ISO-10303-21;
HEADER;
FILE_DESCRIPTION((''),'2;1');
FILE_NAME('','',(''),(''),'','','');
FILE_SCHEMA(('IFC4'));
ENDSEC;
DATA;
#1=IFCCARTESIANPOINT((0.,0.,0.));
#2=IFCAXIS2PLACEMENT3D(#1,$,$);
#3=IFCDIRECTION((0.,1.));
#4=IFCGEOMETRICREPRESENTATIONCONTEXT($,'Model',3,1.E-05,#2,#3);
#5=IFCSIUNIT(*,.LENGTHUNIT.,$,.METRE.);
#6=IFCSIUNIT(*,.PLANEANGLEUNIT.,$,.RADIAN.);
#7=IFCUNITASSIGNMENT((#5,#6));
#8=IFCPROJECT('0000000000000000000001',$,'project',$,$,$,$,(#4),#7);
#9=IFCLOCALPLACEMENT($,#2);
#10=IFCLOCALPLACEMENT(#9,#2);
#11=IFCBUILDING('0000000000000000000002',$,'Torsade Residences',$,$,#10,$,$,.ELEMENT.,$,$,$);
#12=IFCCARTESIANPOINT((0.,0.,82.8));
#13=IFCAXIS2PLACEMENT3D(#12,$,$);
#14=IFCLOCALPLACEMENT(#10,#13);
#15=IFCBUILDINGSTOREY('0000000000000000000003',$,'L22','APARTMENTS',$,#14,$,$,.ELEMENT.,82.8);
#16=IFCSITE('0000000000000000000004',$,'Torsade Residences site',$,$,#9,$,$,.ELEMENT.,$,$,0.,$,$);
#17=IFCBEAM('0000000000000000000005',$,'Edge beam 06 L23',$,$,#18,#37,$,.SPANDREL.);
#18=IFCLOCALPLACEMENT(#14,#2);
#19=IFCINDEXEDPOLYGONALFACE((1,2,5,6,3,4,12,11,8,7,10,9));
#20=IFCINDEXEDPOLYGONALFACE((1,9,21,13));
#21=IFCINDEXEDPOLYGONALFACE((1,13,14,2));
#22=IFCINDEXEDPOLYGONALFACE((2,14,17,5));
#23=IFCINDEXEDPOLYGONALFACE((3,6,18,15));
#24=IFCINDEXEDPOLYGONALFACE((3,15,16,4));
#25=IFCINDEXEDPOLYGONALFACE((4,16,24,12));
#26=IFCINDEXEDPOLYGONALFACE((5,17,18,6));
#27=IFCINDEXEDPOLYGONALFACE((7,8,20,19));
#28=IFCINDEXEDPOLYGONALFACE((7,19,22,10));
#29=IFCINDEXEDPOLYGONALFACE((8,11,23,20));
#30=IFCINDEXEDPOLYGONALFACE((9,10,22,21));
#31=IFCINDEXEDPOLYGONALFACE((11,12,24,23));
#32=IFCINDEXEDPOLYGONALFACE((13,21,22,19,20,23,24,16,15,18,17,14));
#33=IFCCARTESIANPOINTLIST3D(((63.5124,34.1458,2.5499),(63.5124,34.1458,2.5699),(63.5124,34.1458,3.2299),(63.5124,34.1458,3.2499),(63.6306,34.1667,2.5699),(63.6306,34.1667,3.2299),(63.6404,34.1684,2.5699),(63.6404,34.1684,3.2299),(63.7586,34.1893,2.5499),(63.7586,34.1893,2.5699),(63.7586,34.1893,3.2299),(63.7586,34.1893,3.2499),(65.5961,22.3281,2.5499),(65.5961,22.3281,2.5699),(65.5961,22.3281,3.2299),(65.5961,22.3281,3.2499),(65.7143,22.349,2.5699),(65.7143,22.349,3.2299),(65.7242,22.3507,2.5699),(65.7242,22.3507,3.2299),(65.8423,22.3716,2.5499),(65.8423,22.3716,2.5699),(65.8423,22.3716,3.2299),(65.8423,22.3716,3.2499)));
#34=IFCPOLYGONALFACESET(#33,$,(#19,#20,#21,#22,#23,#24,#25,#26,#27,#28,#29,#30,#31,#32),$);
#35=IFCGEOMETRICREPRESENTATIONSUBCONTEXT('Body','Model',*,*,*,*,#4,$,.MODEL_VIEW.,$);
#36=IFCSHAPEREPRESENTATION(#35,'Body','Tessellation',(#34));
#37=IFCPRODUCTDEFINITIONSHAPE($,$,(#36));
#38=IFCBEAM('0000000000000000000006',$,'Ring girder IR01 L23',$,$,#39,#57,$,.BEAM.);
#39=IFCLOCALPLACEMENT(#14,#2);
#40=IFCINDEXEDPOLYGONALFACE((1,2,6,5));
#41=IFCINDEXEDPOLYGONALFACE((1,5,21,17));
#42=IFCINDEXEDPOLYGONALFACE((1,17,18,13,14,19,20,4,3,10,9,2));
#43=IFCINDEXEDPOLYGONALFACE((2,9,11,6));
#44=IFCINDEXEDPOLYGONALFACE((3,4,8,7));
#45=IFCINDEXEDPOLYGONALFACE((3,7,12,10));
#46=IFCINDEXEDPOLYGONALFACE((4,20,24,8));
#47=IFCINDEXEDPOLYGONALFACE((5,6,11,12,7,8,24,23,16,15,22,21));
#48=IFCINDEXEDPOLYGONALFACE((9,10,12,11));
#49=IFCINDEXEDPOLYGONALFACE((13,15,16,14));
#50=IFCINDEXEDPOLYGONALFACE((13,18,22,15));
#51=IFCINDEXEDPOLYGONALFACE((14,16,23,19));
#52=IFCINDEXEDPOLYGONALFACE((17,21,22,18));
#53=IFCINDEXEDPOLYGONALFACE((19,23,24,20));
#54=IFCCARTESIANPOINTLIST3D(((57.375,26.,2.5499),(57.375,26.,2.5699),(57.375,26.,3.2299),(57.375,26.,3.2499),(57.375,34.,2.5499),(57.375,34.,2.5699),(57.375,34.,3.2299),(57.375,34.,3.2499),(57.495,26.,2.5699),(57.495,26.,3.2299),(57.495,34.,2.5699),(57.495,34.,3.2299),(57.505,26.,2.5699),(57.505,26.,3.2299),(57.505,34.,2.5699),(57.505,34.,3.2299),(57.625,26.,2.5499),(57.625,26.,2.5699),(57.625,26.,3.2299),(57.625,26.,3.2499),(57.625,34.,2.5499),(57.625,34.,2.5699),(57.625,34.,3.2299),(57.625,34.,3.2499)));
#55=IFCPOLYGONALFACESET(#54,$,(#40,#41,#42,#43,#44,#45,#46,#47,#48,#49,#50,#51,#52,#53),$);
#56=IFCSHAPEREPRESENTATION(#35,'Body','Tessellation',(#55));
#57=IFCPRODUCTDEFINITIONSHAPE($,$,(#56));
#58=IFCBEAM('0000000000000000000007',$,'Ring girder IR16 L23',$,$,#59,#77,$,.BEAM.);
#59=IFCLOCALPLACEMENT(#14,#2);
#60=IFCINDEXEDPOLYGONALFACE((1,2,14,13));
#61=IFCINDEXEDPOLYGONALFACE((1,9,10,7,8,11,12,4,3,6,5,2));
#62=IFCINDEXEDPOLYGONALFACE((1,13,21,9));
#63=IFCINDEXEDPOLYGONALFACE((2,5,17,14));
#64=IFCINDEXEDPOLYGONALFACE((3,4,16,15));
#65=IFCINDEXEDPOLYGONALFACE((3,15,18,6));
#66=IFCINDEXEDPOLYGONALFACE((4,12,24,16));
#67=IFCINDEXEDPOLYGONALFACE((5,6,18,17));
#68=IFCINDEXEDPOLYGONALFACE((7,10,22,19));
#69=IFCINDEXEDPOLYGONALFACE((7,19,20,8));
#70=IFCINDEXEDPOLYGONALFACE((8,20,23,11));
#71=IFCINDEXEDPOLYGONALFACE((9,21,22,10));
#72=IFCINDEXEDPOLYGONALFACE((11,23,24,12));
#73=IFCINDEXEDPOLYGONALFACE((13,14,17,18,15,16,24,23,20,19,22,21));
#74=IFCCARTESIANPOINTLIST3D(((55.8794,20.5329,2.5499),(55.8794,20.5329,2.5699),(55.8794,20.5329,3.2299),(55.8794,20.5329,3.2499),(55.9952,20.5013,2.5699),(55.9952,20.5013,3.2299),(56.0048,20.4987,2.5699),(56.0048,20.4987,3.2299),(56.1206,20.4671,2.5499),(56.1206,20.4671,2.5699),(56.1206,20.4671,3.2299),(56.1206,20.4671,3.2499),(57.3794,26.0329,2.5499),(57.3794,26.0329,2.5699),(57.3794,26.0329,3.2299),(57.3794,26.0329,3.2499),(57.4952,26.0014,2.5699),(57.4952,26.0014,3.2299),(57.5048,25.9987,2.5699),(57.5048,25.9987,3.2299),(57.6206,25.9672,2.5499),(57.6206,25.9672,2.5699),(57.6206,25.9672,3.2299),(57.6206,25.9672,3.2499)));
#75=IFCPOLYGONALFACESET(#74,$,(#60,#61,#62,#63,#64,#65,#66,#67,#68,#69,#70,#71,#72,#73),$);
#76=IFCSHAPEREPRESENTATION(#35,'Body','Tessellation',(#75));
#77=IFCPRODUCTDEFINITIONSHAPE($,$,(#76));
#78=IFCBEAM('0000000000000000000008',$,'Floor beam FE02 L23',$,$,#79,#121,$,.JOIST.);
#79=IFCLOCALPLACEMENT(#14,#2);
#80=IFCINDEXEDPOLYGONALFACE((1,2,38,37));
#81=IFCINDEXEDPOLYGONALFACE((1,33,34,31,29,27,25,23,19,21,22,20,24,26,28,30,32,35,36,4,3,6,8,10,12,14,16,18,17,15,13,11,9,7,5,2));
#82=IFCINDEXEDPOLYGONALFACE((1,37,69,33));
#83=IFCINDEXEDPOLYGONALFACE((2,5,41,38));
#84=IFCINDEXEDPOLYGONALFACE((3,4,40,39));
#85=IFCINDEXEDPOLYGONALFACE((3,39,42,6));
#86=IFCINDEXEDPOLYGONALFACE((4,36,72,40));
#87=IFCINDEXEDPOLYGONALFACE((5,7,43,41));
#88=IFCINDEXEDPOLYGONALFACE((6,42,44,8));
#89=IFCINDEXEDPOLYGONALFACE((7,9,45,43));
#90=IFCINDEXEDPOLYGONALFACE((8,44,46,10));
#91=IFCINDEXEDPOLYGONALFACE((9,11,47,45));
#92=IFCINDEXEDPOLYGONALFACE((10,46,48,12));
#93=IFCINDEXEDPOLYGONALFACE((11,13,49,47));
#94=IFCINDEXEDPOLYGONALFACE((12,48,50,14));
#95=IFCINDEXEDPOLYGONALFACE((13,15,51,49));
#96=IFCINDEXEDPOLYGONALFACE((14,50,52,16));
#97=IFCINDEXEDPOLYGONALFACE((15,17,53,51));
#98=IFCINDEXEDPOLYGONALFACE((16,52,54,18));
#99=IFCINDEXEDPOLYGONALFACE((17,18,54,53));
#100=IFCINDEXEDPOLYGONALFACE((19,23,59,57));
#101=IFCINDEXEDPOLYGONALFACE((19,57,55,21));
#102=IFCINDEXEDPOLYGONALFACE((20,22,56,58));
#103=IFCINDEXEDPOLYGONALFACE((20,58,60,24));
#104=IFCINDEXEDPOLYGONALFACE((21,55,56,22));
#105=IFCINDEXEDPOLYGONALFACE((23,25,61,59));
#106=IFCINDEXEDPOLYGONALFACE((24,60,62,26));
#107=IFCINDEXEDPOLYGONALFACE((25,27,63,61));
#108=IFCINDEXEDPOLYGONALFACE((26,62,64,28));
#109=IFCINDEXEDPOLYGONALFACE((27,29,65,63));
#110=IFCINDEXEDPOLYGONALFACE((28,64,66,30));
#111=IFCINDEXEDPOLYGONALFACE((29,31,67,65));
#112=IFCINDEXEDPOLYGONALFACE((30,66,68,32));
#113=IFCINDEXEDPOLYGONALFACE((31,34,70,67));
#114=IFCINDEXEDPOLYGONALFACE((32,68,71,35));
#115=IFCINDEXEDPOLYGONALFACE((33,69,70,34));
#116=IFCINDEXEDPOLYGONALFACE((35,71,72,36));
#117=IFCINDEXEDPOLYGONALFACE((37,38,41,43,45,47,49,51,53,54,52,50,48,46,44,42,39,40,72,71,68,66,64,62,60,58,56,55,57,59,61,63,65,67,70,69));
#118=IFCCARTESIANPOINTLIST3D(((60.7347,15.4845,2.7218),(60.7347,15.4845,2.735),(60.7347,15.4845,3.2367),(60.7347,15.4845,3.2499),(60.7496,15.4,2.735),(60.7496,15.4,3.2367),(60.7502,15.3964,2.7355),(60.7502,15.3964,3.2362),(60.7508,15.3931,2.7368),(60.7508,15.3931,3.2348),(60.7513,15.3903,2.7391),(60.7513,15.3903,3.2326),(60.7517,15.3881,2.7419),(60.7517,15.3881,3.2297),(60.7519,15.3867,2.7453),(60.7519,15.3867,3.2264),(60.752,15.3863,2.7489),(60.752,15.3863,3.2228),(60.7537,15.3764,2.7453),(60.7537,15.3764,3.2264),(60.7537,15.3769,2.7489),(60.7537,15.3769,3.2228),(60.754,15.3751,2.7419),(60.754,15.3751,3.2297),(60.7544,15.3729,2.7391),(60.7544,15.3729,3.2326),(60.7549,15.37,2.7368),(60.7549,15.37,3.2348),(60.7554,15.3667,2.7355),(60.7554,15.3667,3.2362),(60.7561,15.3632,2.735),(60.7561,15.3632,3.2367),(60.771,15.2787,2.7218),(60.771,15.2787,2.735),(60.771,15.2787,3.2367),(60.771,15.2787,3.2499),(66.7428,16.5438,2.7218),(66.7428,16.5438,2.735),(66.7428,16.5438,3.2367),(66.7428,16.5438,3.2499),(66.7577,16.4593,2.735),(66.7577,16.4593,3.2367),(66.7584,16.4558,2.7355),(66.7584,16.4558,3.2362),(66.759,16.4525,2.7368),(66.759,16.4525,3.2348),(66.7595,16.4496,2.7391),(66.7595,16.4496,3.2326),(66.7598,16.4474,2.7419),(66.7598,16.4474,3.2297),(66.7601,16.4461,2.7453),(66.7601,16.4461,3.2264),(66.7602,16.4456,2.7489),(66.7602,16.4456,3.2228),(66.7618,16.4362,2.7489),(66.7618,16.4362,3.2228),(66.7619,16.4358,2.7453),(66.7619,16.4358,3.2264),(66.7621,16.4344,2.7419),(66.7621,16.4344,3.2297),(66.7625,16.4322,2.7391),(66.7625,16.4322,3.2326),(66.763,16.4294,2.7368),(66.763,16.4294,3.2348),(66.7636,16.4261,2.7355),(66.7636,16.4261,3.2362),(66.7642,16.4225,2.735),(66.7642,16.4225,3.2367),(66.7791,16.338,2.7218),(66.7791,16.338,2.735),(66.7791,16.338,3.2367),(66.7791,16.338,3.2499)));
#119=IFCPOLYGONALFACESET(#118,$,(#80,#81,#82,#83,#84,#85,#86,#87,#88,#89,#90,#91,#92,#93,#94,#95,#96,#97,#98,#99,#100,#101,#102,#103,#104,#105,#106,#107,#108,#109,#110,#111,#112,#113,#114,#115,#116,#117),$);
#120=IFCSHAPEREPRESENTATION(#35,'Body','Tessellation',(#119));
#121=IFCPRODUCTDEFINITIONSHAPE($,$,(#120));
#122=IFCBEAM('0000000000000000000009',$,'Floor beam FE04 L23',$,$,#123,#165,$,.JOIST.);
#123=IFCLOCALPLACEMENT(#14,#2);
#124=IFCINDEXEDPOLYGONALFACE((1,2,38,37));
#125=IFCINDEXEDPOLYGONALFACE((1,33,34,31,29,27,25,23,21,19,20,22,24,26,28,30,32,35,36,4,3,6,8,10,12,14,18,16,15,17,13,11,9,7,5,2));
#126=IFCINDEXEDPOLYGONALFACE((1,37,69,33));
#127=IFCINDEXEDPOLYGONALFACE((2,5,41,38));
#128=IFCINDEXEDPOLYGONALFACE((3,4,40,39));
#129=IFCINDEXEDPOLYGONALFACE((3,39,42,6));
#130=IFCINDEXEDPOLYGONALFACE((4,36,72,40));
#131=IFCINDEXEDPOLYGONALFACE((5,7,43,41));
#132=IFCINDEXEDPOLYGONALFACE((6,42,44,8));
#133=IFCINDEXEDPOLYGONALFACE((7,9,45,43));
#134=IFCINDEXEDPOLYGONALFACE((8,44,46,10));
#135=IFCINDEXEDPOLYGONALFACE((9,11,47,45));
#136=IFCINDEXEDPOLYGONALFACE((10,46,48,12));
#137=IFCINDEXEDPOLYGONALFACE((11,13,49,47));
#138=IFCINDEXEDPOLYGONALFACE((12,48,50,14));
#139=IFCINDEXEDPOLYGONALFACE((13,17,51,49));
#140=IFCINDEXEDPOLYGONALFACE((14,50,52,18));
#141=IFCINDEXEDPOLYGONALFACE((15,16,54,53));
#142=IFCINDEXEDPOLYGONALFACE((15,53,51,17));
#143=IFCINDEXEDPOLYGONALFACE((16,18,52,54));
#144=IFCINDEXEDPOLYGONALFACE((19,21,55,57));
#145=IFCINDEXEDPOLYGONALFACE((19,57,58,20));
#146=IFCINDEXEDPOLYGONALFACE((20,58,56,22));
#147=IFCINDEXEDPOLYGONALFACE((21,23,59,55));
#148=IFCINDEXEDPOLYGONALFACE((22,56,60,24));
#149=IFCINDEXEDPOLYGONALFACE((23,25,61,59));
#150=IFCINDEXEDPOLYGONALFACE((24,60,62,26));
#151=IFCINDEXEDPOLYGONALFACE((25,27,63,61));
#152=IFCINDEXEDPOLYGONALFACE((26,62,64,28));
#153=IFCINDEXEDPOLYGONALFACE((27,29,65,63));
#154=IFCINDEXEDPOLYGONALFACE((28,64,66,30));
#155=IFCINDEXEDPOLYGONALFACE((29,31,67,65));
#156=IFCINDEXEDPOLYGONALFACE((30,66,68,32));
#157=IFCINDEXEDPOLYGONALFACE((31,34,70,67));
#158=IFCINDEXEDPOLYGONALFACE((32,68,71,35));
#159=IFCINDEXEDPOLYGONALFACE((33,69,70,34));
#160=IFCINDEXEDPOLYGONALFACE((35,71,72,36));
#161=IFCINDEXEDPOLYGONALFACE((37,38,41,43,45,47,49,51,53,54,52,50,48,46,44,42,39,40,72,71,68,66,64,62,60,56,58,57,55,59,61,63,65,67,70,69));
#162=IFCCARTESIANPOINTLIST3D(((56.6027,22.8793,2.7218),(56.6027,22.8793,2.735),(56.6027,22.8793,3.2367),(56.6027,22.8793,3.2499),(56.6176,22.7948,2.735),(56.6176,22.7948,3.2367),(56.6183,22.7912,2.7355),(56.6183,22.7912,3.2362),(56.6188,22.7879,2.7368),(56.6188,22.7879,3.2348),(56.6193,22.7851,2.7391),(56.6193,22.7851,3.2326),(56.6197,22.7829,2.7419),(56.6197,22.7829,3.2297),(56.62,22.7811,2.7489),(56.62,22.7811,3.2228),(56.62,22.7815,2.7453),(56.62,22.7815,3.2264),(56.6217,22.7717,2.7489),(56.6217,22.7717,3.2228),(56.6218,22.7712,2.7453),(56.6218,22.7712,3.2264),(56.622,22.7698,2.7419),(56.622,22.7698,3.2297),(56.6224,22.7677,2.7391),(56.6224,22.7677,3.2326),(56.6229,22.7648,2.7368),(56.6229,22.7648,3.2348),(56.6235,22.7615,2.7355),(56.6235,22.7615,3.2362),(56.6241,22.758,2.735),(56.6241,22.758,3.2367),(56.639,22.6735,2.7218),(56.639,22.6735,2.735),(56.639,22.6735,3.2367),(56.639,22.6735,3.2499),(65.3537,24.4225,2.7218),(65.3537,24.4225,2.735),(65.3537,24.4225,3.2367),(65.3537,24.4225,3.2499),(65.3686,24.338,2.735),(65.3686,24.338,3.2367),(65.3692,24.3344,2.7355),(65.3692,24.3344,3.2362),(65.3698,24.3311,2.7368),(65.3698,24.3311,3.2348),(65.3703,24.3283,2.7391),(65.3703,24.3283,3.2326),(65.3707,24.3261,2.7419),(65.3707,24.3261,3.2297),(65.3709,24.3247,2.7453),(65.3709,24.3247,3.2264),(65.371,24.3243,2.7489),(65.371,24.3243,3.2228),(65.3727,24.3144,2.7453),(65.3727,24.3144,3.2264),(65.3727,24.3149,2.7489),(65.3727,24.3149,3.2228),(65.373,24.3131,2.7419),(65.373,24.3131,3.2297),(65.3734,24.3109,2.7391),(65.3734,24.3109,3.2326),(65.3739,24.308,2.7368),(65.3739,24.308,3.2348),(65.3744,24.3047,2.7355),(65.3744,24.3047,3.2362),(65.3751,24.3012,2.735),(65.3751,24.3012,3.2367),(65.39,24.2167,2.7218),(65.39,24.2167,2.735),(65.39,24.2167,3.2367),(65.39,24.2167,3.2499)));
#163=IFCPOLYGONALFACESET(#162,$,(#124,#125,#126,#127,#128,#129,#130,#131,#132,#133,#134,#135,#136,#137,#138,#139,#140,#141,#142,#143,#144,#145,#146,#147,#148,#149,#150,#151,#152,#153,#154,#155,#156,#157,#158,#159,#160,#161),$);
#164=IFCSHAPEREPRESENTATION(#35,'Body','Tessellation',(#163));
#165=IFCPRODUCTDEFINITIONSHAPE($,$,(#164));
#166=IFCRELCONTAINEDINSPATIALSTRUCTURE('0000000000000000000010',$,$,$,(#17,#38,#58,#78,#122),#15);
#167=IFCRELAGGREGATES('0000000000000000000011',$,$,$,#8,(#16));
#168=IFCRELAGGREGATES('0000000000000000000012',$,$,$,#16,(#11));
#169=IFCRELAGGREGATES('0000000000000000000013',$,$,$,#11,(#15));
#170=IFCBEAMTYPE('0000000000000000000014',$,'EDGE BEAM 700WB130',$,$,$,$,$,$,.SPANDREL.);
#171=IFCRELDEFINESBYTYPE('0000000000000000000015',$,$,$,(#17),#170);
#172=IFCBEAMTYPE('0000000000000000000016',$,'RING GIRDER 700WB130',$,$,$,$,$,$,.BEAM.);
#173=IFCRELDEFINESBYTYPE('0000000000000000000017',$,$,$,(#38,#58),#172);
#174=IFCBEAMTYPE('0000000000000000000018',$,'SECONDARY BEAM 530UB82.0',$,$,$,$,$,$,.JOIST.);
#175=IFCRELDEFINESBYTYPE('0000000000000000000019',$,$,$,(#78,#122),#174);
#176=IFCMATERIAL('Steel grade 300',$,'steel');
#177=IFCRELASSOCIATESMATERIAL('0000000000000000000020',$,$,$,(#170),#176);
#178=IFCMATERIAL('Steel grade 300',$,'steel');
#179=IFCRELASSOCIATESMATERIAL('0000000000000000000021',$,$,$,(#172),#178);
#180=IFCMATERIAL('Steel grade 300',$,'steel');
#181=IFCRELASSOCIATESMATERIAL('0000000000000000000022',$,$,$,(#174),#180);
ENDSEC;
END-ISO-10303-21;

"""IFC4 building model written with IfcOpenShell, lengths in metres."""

from ifc_helpers import new_model, si_unit, direction, frame, origin, origin_2d, place, context, subcontext, project, spatial, i_section, extrude, material, material_profile, profile_set, type_object, element, save


model = new_model("IFC4")

# Units and contexts
model_context = context("Model", 3, precision=1e-05, world=origin(), true_north=direction((0.0, 1.0)))
body_context = subcontext(model_context, "Body", "Model", "MODEL_VIEW")
ifc_project = project(units=[si_unit("LENGTHUNIT", "METRE"), si_unit("PLANEANGLEUNIT", "RADIAN")], contexts=[model_context])

# Site, building, storey
site_placement = place(None, origin())
site = spatial("IfcSite", under=ifc_project, at=site_placement, Name="Torsade Residences site", CompositionType="ELEMENT", RefElevation=0.0)
building_placement = place(site_placement, origin())
building = spatial("IfcBuilding", under=site, at=building_placement, Name="Torsade Residences", CompositionType="ELEMENT")
storey_placement = place(building_placement, frame((0.0, 0.0, 82.8)))
storey = spatial("IfcBuildingStorey", under=building, at=storey_placement, Name="L22", Description="APARTMENTS", CompositionType="ELEMENT", Elevation=82.8)

# Beams
ifc_material_1 = material(Name="Steel grade 300", Category="steel")
ifc_material_profile_1 = material_profile(ifc_material_1, i_section(OverallWidth=0.25, OverallDepth=0.7, WebThickness=0.01, FlangeThickness=0.02, at=origin_2d()), Name="700WB130")
ifc_profile_set_1 = profile_set([ifc_material_profile_1], Name="Steel grade 300")
beam_type_1 = type_object("IfcBeamType", Name="EDGE BEAM 700WB130", PredefinedType="SPANDREL", material=ifc_profile_set_1)
beam_1_placement = place(storey_placement, frame((65.7192, 22.3499, 2.8999), z_axis=(-0.173646, 0.984808, 0.0), x_axis=(-0.984808, -0.173646, 0.0)))
element("IfcBeam", 1, at=beam_1_placement, inside=storey, type_object=beam_type_1, Name="Edge beam 06 L23", PredefinedType="SPANDREL", context=body_context, shape_type="SweptSolid", body=[
    extrude(i_section(OverallWidth=0.25, OverallDepth=0.7, WebThickness=0.01, FlangeThickness=0.02, at=origin_2d()), origin(), (0.0, 0.0, 1.0), 12.0),
])
ifc_material_2 = material(Name="Steel grade 300", Category="steel")
ifc_material_profile_2 = material_profile(ifc_material_2, i_section(OverallWidth=0.25, OverallDepth=0.7, WebThickness=0.01, FlangeThickness=0.02, at=origin_2d()), Name="700WB130")
ifc_profile_set_2 = profile_set([ifc_material_profile_2], Name="Steel grade 300")
beam_type_2 = type_object("IfcBeamType", Name="RING GIRDER 700WB130", PredefinedType="BEAM", material=ifc_profile_set_2)
beam_2_placement = place(storey_placement, frame((57.5, 26.0, 2.8999), z_axis=(0.0, 1.0, 0.0), x_axis=(-1.0, 0.0, 0.0)))
element("IfcBeam", 2, at=beam_2_placement, inside=storey, type_object=beam_type_2, Name="Ring girder IR01 L23", PredefinedType="BEAM", context=body_context, shape_type="SweptSolid", body=[
    extrude(i_section(OverallWidth=0.25, OverallDepth=0.7, WebThickness=0.01, FlangeThickness=0.02, at=origin_2d()), origin(), (0.0, 0.0, 1.0), 8.0),
])
beam_3_placement = place(storey_placement, frame((56.0, 20.5, 2.8999), z_axis=(0.263117, 0.964764, 0.0), x_axis=(-0.964764, 0.263117, 0.0)))
element("IfcBeam", 3, at=beam_3_placement, inside=storey, type_object=beam_type_2, Name="Ring girder IR16 L23", PredefinedType="BEAM", context=body_context, shape_type="SweptSolid", body=[
    extrude(i_section(OverallWidth=0.25, OverallDepth=0.7, WebThickness=0.01, FlangeThickness=0.02, at=origin_2d()), origin(), (0.0, 0.0, 1.0), 5.7009),
])
ifc_material_3 = material(Name="Steel grade 300", Category="steel")
ifc_material_profile_3 = material_profile(ifc_material_3, i_section(OverallWidth=0.209, OverallDepth=0.5281, WebThickness=0.0095, FlangeThickness=0.0132, FilletRadius=0.0139, at=origin_2d()), Name="530UB82.0")
ifc_profile_set_3 = profile_set([ifc_material_profile_3], Name="Steel grade 300")
beam_type_3 = type_object("IfcBeamType", Name="SECONDARY BEAM 530UB82.0", PredefinedType="JOIST", material=ifc_profile_set_3)
beam_4_placement = place(storey_placement, frame((66.761, 16.4409, 2.9858), z_axis=(-0.984809, -0.173639, 0.0), x_axis=(0.173639, -0.984809, 0.0)))
element("IfcBeam", 4, at=beam_4_placement, inside=storey, type_object=beam_type_3, Name="Floor beam FE02 L23", PredefinedType="JOIST", context=body_context, shape_type="SweptSolid", body=[
    extrude(i_section(OverallWidth=0.209, OverallDepth=0.5281, WebThickness=0.0095, FlangeThickness=0.0132, FilletRadius=0.0139, at=origin_2d()), origin(), (0.0, 0.0, 1.0), 6.1008),
])
beam_5_placement = place(storey_placement, frame((65.3718, 24.3196, 2.9858), z_axis=(-0.984804, -0.173668, 0.0), x_axis=(0.173668, -0.984804, 0.0)))
element("IfcBeam", 5, at=beam_5_placement, inside=storey, type_object=beam_type_3, Name="Floor beam FE04 L23", PredefinedType="JOIST", context=body_context, shape_type="SweptSolid", body=[
    extrude(i_section(OverallWidth=0.209, OverallDepth=0.5281, WebThickness=0.0095, FlangeThickness=0.0132, FilletRadius=0.0139, at=origin_2d()), origin(), (0.0, 0.0, 1.0), 8.886),
])

save(model, "model.ifc")
